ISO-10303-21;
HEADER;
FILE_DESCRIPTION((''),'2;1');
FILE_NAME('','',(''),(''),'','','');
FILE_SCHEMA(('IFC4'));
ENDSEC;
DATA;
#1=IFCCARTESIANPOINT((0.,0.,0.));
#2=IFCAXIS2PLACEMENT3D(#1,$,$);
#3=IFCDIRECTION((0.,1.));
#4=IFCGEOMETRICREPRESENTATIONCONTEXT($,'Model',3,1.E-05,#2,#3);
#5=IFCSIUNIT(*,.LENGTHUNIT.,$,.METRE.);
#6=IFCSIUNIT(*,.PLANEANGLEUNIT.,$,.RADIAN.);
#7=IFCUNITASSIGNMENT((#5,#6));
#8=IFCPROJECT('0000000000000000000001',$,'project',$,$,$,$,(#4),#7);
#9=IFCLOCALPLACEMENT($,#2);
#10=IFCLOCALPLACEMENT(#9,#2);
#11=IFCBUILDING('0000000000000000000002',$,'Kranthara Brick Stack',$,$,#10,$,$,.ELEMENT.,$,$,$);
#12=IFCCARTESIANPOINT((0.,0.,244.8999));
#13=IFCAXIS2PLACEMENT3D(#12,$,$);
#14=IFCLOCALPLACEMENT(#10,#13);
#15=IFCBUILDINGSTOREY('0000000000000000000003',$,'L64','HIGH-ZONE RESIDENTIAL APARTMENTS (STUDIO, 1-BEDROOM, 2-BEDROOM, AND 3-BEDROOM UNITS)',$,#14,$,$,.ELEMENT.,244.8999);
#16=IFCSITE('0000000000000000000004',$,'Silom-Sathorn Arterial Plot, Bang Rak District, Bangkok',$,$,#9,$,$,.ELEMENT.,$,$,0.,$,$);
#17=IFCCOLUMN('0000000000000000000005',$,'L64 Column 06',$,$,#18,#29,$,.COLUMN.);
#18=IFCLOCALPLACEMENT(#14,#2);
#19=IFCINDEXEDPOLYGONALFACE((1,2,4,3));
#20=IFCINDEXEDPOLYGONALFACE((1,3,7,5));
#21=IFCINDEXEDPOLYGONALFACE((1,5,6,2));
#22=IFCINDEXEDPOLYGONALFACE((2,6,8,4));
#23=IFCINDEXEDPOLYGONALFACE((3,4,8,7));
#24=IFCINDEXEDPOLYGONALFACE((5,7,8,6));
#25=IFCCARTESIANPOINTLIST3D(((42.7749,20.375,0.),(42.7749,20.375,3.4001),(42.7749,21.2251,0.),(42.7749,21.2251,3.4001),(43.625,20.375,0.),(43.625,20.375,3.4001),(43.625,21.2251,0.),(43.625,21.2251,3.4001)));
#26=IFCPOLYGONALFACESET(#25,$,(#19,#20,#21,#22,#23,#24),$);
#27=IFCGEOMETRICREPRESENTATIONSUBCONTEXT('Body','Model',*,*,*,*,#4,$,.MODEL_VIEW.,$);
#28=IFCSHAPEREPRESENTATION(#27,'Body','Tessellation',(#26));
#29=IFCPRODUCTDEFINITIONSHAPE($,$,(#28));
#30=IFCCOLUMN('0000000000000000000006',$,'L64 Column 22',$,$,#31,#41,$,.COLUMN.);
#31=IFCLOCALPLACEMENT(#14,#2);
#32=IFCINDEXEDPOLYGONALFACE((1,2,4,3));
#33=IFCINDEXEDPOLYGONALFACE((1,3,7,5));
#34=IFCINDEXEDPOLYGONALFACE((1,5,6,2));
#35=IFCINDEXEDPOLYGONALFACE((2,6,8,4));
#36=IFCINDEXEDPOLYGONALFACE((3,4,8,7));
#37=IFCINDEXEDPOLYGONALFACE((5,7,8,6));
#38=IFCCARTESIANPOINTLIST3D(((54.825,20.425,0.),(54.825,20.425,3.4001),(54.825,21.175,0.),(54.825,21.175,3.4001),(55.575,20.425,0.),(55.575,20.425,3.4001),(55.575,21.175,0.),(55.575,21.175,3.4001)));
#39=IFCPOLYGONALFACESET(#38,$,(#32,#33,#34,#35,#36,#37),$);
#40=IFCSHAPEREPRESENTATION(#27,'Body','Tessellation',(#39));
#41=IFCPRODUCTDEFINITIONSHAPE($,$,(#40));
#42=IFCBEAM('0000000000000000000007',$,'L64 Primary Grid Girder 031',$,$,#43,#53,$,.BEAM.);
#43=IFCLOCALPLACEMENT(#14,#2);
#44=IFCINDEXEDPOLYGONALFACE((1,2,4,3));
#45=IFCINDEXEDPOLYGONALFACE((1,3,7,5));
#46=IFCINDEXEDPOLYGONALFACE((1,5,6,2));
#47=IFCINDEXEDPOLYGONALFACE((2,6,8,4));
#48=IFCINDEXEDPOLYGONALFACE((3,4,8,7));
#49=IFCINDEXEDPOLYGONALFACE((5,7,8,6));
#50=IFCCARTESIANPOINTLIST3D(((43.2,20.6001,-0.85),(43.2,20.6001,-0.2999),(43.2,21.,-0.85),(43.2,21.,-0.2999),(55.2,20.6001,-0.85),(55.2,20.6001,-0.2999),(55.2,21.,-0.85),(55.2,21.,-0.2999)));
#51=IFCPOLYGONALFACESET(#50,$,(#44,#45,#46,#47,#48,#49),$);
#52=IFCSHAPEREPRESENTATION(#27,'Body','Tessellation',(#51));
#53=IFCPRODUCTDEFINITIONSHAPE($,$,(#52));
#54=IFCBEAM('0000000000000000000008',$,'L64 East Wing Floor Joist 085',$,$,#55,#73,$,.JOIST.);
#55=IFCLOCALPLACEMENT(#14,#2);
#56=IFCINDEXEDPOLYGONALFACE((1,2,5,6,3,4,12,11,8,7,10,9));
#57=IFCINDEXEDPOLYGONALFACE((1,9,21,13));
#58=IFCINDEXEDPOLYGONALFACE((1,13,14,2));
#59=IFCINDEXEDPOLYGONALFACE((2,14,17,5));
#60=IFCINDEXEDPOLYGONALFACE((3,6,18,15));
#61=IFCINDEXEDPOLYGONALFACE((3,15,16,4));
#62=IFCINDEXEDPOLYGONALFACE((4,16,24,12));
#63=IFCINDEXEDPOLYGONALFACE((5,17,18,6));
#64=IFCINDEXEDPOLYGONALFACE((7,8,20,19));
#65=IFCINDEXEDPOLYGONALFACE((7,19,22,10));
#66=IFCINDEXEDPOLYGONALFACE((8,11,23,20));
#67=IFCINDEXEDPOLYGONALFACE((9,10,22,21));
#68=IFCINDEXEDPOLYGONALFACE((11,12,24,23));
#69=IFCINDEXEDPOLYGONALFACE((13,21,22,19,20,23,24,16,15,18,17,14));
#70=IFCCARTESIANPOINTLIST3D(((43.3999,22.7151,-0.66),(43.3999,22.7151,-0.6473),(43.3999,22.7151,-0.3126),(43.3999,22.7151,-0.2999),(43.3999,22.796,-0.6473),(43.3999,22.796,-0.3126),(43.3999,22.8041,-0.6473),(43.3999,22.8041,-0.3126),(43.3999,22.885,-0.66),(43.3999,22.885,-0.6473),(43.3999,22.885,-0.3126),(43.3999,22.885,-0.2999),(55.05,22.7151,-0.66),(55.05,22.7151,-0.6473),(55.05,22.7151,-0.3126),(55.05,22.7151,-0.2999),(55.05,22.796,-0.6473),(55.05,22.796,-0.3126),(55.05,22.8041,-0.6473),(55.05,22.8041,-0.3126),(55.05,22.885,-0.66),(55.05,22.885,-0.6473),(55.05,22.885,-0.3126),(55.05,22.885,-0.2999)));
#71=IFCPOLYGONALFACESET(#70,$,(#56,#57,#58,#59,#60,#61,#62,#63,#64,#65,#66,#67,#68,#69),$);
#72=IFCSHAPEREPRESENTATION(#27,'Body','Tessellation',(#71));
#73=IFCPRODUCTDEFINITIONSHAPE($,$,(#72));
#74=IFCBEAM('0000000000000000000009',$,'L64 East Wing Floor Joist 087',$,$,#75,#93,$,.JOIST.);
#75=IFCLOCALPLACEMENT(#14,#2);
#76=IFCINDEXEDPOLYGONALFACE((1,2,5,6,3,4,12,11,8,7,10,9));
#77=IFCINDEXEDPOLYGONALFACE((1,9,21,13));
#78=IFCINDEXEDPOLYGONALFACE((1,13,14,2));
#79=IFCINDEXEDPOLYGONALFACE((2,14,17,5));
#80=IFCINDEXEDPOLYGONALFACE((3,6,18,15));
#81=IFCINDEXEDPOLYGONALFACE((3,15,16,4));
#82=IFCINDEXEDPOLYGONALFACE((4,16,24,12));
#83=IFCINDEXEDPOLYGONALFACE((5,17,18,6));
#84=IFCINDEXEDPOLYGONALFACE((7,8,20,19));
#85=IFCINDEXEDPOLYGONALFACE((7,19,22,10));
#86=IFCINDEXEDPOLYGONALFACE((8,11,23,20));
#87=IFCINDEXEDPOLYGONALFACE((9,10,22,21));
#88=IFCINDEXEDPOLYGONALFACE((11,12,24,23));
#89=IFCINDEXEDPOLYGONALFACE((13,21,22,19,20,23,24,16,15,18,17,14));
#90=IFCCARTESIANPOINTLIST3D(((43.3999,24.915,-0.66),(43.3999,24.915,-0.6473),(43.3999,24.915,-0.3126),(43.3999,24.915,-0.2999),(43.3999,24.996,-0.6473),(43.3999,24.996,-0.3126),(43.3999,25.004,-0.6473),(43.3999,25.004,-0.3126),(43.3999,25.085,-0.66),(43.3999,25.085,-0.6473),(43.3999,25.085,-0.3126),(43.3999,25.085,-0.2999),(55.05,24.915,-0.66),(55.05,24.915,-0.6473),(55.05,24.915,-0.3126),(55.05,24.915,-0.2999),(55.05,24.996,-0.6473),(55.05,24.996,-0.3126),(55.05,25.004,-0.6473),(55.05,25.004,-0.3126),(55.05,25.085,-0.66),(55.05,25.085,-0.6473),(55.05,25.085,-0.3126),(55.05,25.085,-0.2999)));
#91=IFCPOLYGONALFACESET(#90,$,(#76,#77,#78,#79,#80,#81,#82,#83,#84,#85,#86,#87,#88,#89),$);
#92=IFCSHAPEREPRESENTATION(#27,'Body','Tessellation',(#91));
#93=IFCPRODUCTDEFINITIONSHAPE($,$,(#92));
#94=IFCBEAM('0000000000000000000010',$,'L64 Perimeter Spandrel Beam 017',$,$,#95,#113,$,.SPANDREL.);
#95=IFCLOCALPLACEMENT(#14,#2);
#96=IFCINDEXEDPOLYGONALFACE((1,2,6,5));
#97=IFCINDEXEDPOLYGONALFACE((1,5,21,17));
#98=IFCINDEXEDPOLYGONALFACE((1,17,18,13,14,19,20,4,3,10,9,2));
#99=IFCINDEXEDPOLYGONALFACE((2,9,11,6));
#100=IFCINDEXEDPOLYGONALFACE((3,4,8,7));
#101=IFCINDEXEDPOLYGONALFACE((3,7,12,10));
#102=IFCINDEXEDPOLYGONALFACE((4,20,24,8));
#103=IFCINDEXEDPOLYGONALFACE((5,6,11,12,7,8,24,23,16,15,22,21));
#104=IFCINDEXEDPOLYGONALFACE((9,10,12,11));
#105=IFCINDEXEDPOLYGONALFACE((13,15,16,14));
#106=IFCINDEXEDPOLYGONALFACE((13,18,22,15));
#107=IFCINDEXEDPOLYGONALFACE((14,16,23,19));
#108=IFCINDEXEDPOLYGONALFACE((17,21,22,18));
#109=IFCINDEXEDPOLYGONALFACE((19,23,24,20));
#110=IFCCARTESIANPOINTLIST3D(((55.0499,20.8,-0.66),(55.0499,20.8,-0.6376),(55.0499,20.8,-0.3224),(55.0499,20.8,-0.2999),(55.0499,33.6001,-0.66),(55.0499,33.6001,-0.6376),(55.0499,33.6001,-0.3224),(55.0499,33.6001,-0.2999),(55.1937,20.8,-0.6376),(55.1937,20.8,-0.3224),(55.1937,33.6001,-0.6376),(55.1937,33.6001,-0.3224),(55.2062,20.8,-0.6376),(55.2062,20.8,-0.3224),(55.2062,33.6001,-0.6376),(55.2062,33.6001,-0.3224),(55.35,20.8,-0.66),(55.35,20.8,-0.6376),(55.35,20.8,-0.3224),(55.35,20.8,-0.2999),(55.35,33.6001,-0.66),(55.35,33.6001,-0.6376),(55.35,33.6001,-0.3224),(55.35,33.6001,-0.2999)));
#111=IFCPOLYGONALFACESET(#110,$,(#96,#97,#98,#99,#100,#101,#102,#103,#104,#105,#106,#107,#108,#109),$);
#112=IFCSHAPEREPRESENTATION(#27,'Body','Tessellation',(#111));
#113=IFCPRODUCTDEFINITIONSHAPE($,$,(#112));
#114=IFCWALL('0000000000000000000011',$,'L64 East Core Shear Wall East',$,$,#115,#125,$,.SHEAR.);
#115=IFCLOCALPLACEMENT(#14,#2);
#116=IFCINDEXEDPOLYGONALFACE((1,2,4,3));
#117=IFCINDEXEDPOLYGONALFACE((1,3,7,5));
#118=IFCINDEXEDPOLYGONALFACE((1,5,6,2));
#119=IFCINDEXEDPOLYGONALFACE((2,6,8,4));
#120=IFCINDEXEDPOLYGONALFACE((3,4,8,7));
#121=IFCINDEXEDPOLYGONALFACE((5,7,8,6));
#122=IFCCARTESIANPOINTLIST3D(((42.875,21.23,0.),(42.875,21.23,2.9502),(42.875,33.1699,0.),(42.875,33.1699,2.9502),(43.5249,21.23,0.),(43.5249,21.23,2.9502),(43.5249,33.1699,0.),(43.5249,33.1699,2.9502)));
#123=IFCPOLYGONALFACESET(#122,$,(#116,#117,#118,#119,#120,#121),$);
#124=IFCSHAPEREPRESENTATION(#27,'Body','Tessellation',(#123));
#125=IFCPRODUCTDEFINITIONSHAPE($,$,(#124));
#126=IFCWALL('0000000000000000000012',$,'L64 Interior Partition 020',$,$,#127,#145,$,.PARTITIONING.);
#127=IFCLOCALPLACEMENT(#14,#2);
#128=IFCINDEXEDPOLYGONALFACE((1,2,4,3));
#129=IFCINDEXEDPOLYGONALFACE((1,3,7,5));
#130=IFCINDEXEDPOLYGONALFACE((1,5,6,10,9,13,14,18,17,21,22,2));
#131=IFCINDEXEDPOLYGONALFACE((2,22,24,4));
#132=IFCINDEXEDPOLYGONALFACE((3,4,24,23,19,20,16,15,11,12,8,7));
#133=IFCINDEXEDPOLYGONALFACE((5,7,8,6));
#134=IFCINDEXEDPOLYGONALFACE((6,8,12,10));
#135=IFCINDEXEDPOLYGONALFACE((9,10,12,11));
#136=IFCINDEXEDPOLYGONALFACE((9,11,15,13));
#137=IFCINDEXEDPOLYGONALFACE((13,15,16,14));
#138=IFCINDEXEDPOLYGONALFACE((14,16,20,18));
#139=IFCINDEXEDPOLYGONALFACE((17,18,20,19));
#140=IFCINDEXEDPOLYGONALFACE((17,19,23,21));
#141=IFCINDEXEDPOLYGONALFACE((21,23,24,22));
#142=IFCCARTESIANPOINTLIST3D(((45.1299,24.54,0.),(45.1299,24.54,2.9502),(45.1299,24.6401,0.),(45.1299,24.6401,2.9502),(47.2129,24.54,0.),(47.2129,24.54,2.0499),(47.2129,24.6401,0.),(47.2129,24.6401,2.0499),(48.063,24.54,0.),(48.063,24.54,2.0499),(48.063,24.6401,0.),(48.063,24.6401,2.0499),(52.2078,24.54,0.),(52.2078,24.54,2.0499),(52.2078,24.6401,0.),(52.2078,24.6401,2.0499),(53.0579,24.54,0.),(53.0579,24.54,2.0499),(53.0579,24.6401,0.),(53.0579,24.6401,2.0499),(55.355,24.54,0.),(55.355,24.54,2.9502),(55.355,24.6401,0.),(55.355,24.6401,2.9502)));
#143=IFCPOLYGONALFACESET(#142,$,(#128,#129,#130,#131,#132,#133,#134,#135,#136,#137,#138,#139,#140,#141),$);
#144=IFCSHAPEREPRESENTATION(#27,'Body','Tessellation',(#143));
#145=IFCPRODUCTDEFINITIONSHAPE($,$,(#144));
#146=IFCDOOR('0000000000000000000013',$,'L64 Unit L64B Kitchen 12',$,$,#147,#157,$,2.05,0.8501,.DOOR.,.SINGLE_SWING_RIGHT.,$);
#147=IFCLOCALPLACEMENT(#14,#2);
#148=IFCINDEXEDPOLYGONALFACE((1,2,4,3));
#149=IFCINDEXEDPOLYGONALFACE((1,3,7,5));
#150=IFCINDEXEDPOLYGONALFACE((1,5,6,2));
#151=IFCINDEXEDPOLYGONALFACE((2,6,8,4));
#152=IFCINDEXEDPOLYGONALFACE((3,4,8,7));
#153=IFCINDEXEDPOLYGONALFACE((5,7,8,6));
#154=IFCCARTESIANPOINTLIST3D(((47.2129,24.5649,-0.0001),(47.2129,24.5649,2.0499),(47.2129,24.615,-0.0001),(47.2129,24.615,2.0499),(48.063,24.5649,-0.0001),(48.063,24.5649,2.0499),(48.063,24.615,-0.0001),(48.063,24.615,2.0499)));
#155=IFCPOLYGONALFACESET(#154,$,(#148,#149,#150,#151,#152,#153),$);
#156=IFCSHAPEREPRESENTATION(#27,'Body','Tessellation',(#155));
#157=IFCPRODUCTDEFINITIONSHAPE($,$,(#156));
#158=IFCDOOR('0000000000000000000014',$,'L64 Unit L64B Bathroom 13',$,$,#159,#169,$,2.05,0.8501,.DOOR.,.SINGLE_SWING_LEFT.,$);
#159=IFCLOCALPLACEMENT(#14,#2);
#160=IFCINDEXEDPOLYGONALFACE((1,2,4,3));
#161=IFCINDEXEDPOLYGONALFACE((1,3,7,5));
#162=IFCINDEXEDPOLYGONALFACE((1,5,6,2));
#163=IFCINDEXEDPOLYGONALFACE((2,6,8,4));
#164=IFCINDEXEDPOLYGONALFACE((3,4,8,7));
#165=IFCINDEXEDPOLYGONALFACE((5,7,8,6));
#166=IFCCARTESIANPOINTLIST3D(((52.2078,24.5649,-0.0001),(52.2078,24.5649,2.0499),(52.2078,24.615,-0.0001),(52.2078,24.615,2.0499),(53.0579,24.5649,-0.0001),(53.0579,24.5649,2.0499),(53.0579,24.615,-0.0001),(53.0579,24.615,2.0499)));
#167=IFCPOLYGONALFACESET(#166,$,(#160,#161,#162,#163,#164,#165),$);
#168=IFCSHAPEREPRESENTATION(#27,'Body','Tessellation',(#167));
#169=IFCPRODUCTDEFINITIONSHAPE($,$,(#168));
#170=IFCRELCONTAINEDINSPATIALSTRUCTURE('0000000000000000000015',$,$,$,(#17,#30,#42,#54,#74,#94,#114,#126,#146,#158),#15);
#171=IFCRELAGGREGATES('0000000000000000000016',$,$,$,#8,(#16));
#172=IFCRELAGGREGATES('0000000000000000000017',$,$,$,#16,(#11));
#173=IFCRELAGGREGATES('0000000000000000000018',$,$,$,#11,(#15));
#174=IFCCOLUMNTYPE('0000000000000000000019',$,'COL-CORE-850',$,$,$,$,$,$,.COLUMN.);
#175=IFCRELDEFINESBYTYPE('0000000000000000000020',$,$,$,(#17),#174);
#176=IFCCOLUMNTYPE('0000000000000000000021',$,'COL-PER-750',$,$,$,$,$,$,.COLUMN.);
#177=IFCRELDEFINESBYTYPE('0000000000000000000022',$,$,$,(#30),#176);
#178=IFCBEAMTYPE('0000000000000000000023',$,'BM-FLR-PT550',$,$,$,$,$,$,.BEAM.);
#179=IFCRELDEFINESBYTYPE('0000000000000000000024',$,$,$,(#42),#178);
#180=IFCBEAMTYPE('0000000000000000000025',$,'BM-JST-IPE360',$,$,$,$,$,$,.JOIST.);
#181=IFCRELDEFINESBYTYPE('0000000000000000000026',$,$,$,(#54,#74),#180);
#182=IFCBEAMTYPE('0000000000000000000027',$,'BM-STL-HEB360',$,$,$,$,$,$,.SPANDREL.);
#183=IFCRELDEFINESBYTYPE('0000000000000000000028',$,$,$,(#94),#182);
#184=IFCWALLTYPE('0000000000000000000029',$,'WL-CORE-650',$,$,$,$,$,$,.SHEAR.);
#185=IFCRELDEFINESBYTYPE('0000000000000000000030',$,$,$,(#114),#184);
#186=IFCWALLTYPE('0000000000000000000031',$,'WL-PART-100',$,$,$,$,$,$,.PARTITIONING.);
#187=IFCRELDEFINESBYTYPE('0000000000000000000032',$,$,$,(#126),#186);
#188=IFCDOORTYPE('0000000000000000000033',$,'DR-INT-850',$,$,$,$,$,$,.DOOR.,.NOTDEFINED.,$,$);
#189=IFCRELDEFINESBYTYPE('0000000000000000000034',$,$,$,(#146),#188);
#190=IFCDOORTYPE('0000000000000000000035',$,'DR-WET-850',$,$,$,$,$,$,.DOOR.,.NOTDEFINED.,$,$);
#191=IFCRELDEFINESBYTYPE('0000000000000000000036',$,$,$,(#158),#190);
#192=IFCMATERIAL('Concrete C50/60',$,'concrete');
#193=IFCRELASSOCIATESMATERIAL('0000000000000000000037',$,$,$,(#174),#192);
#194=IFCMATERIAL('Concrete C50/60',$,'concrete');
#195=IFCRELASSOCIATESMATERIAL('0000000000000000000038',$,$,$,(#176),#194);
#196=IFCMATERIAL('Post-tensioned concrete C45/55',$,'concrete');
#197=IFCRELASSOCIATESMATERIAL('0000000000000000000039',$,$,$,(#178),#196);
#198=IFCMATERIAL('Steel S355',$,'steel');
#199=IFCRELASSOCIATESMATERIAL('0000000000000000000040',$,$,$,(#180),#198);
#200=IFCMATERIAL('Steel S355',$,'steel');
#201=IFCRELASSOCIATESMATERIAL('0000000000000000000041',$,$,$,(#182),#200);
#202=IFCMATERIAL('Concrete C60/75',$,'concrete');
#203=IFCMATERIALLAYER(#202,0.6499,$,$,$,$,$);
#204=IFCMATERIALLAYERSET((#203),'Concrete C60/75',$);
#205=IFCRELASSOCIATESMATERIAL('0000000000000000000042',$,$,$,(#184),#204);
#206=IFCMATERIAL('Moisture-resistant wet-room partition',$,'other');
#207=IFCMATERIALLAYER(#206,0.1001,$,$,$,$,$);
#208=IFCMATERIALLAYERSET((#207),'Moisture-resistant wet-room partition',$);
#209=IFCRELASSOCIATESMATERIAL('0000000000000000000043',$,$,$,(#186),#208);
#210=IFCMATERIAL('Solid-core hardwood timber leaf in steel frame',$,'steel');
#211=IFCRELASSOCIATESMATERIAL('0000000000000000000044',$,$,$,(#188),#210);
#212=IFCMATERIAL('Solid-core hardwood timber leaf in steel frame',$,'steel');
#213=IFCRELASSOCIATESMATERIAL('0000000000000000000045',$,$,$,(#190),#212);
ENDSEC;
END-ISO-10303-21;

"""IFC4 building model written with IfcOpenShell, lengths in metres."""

from ifc_helpers import new_model, si_unit, direction, frame, frame_2d, origin, origin_2d, place, context, subcontext, project, spatial, rectangle, i_section, extrude, material, layer, layer_set, material_profile, profile_set, type_object, element, fill, save


model = new_model("IFC4")

# Units and contexts
model_context = context("Model", 3, precision=1e-05, world=origin(), true_north=direction((0.0, 1.0)))
body_context = subcontext(model_context, "Body", "Model", "MODEL_VIEW")
ifc_project = project(units=[si_unit("LENGTHUNIT", "METRE"), si_unit("PLANEANGLEUNIT", "RADIAN")], contexts=[model_context])

# Site, building, storey
site_placement = place(None, origin())
site = spatial("IfcSite", under=ifc_project, at=site_placement, Name="Silom-Sathorn Arterial Plot, Bang Rak District, Bangkok", CompositionType="ELEMENT", RefElevation=0.0)
building_placement = place(site_placement, origin())
building = spatial("IfcBuilding", under=site, at=building_placement, Name="Kranthara Brick Stack", CompositionType="ELEMENT")
storey_placement = place(building_placement, frame((0.0, 0.0, 244.8999)))
storey = spatial("IfcBuildingStorey", under=building, at=storey_placement, Name="L64", Description="HIGH-ZONE RESIDENTIAL APARTMENTS (STUDIO, 1-BEDROOM, 2-BEDROOM, AND 3-BEDROOM UNITS)", CompositionType="ELEMENT", Elevation=244.8999)

# Columns
ifc_material_1 = material(Name="Concrete C50/60", Category="concrete")
ifc_material_profile_1 = material_profile(ifc_material_1, rectangle(XDim=0.8501, YDim=0.8501, at=origin_2d()), Name="RC 850x850")
ifc_profile_set_1 = profile_set([ifc_material_profile_1], Name="Concrete C50/60")
column_type_1 = type_object("IfcColumnType", Name="COL-CORE-850", PredefinedType="COLUMN", material=ifc_profile_set_1)
column_1_placement = place(storey_placement, frame((43.2, 20.8, 0.0), z_axis=(0.0, 0.0, 1.0), x_axis=(1.0, 0.0, 0.0)))
element("IfcColumn", 1, at=column_1_placement, inside=storey, type_object=column_type_1, Name="L64 Column 06", PredefinedType="COLUMN", context=body_context, shape_type="SweptSolid", body=[
    extrude(rectangle(XDim=0.8501, YDim=0.8501, at=origin_2d()), origin(), (0.0, 0.0, 1.0), 3.4001),
])
ifc_material_2 = material(Name="Concrete C50/60", Category="concrete")
ifc_material_profile_2 = material_profile(ifc_material_2, rectangle(XDim=0.75, YDim=0.75, at=origin_2d()), Name="RC 750x750")
ifc_profile_set_2 = profile_set([ifc_material_profile_2], Name="Concrete C50/60")
column_type_2 = type_object("IfcColumnType", Name="COL-PER-750", PredefinedType="COLUMN", material=ifc_profile_set_2)
column_2_placement = place(storey_placement, frame((55.2, 20.8, 0.0), z_axis=(0.0, 0.0, 1.0), x_axis=(1.0, 0.0, 0.0)))
element("IfcColumn", 2, at=column_2_placement, inside=storey, type_object=column_type_2, Name="L64 Column 22", PredefinedType="COLUMN", context=body_context, shape_type="SweptSolid", body=[
    extrude(rectangle(XDim=0.75, YDim=0.75, at=origin_2d()), origin(), (0.0, 0.0, 1.0), 3.4001),
])

# Beams
ifc_material_3 = material(Name="Post-tensioned concrete C45/55", Category="concrete")
ifc_material_profile_3 = material_profile(ifc_material_3, rectangle(XDim=0.3999, YDim=0.55, at=origin_2d()), Name="PT 400x550")
ifc_profile_set_3 = profile_set([ifc_material_profile_3], Name="Post-tensioned concrete C45/55")
beam_type_1 = type_object("IfcBeamType", Name="BM-FLR-PT550", PredefinedType="BEAM", material=ifc_profile_set_3)
beam_1_placement = place(storey_placement, frame((43.2, 20.8, -0.575), z_axis=(1.0, 0.0, 0.0), x_axis=(0.0, 1.0, 0.0)))
element("IfcBeam", 3, at=beam_1_placement, inside=storey, type_object=beam_type_1, Name="L64 Primary Grid Girder 031", PredefinedType="BEAM", context=body_context, shape_type="SweptSolid", body=[
    extrude(rectangle(XDim=0.3999, YDim=0.55, at=origin_2d()), origin(), (0.0, 0.0, 1.0), 12.0),
])
ifc_material_4 = material(Name="Steel S355", Category="steel")
ifc_material_profile_4 = material_profile(ifc_material_4, i_section(OverallWidth=0.1699, OverallDepth=0.3601, WebThickness=0.0081, FlangeThickness=0.0127, at=origin_2d()), Name="IPE 360")
ifc_profile_set_4 = profile_set([ifc_material_profile_4], Name="Steel S355")
beam_type_2 = type_object("IfcBeamType", Name="BM-JST-IPE360", PredefinedType="JOIST", material=ifc_profile_set_4)
for number, where, z_axis, x_axis, name in (
    (4, (43.3999, 22.8, -0.48), (1.0, 0.0, 0.0), (0.0, 1.0, 0.0), "L64 East Wing Floor Joist 085"),
    (5, (43.3999, 25.0, -0.48), (1.0, 0.0, 0.0), (0.0, 1.0, 0.0), "L64 East Wing Floor Joist 087"),
):
    element("IfcBeam", number, at=place(storey_placement, frame(where, z_axis=z_axis, x_axis=x_axis)), inside=storey, type_object=beam_type_2, Name=name, PredefinedType="JOIST", context=body_context, shape_type="SweptSolid", body=[
        extrude(i_section(OverallWidth=0.1699, OverallDepth=0.3601, WebThickness=0.0081, FlangeThickness=0.0127, at=origin_2d()), origin(), (0.0, 0.0, 1.0), 11.6501),
    ])
ifc_material_5 = material(Name="Steel S355", Category="steel")
ifc_material_profile_5 = material_profile(ifc_material_5, i_section(OverallWidth=0.3, OverallDepth=0.3601, WebThickness=0.0125, FlangeThickness=0.0225, at=origin_2d()), Name="HEB 360")
ifc_profile_set_5 = profile_set([ifc_material_profile_5], Name="Steel S355")
beam_type_3 = type_object("IfcBeamType", Name="BM-STL-HEB360", PredefinedType="SPANDREL", material=ifc_profile_set_5)
beam_2_placement = place(storey_placement, frame((55.2, 20.8, -0.48), z_axis=(0.0, 1.0, 0.0), x_axis=(-1.0, 0.0, 0.0)))
element("IfcBeam", 6, at=beam_2_placement, inside=storey, type_object=beam_type_3, Name="L64 Perimeter Spandrel Beam 017", PredefinedType="SPANDREL", context=body_context, shape_type="SweptSolid", body=[
    extrude(i_section(OverallWidth=0.3, OverallDepth=0.3601, WebThickness=0.0125, FlangeThickness=0.0225, at=origin_2d()), origin(), (0.0, 0.0, 1.0), 12.8),
])

# Wall
ifc_material_6 = material(Name="Concrete C60/75", Category="concrete")
ifc_layer_1 = layer(ifc_material_6, 0.6499)
ifc_layer_set_1 = layer_set([ifc_layer_1], Name="Concrete C60/75")
wall_type_1 = type_object("IfcWallType", Name="WL-CORE-650", PredefinedType="SHEAR", material=ifc_layer_set_1)
wall_1_placement = place(storey_placement, frame((43.2, 21.23, 0.0), z_axis=(0.0, 0.0, 1.0), x_axis=(0.0, 1.0, 0.0)))
element("IfcWall", 7, at=wall_1_placement, inside=storey, type_object=wall_type_1, Name="L64 East Core Shear Wall East", PredefinedType="SHEAR", context=body_context, shape_type="SweptSolid", body=[
    extrude(rectangle(XDim=11.9399, YDim=0.6499, at=frame_2d((5.97, 0.0))), origin(), (0.0, 0.0, 1.0), 2.9502),
])

# Wall, openings, doors
ifc_material_7 = material(Name="Moisture-resistant wet-room partition", Category="other")
ifc_layer_2 = layer(ifc_material_7, 0.1001)
ifc_layer_set_2 = layer_set([ifc_layer_2], Name="Moisture-resistant wet-room partition")
wall_type_2 = type_object("IfcWallType", Name="WL-PART-100", PredefinedType="PARTITIONING", material=ifc_layer_set_2)
wall_2_placement = place(storey_placement, frame((45.1299, 24.5901, 0.0), z_axis=(0.0, 0.0, 1.0), x_axis=(1.0, 0.0, 0.0)))
wall_2 = element("IfcWall", 8, at=wall_2_placement, inside=storey, type_object=wall_type_2, Name="L64 Interior Partition 020", PredefinedType="PARTITIONING", context=body_context, shape_type="SweptSolid", body=[
    extrude(rectangle(XDim=10.2251, YDim=0.1001, at=frame_2d((5.1125, 0.0))), origin(), (0.0, 0.0, 1.0), 2.9502),
])
opening_1_placement = place(wall_2_placement, frame((2.083, 0.0, 0.0)))
opening_1 = element("IfcOpeningElement", 9, at=opening_1_placement, cuts=wall_2, PredefinedType="OPENING", context=body_context, shape_type="SweptSolid", body=[
    extrude(rectangle(XDim=0.8501, YDim=2.05, at=frame_2d((0.425, 1.0249))), frame((0.0, 0.0601, 0.0), z_axis=(0.0, -1.0, 0.0), x_axis=(1.0, 0.0, 0.0)), (0.0, 0.0, 1.0), 0.1201),
])
opening_2_placement = place(wall_2_placement, frame((7.0779, 0.0, 0.0)))
opening_2 = element("IfcOpeningElement", 10, at=opening_2_placement, cuts=wall_2, PredefinedType="OPENING", context=body_context, shape_type="SweptSolid", body=[
    extrude(rectangle(XDim=0.8501, YDim=2.05, at=frame_2d((0.425, 1.0249))), frame((0.0, 0.0601, 0.0), z_axis=(0.0, -1.0, 0.0), x_axis=(1.0, 0.0, 0.0)), (0.0, 0.0, 1.0), 0.1201),
])
ifc_material_8 = material(Name="Solid-core hardwood timber leaf in steel frame", Category="steel")
door_type_1 = type_object("IfcDoorType", Name="DR-INT-850", OperationType="NOTDEFINED", PredefinedType="DOOR", material=ifc_material_8)
door_1_placement = place(opening_1_placement, origin())
door_1 = element("IfcDoor", 11, at=door_1_placement, inside=storey, type_object=door_type_1, Name="L64 Unit L64B Kitchen 12", OperationType="SINGLE_SWING_RIGHT", OverallHeight=2.05, OverallWidth=0.8501, PredefinedType="DOOR", context=body_context, shape_type="SweptSolid", body=[
    extrude(rectangle(XDim=0.8501, YDim=2.05, at=frame_2d((0.425, 1.0249))), frame((0.0, 0.0249, 0.0), z_axis=(0.0, -1.0, 0.0), x_axis=(1.0, 0.0, 0.0)), (0.0, 0.0, 1.0), 0.05),
])
fill(opening_1, door_1)
ifc_material_9 = material(Name="Solid-core hardwood timber leaf in steel frame", Category="steel")
door_type_2 = type_object("IfcDoorType", Name="DR-WET-850", OperationType="NOTDEFINED", PredefinedType="DOOR", material=ifc_material_9)
door_2_placement = place(opening_2_placement, origin())
door_2 = element("IfcDoor", 12, at=door_2_placement, inside=storey, type_object=door_type_2, Name="L64 Unit L64B Bathroom 13", OperationType="SINGLE_SWING_LEFT", OverallHeight=2.05, OverallWidth=0.8501, PredefinedType="DOOR", context=body_context, shape_type="SweptSolid", body=[
    extrude(rectangle(XDim=0.8501, YDim=2.05, at=frame_2d((0.425, 1.0249))), frame((0.0, 0.0249, 0.0), z_axis=(0.0, -1.0, 0.0), x_axis=(1.0, 0.0, 0.0)), (0.0, 0.0, 1.0), 0.05),
])
fill(opening_2, door_2)

save(model, "model.ifc")
